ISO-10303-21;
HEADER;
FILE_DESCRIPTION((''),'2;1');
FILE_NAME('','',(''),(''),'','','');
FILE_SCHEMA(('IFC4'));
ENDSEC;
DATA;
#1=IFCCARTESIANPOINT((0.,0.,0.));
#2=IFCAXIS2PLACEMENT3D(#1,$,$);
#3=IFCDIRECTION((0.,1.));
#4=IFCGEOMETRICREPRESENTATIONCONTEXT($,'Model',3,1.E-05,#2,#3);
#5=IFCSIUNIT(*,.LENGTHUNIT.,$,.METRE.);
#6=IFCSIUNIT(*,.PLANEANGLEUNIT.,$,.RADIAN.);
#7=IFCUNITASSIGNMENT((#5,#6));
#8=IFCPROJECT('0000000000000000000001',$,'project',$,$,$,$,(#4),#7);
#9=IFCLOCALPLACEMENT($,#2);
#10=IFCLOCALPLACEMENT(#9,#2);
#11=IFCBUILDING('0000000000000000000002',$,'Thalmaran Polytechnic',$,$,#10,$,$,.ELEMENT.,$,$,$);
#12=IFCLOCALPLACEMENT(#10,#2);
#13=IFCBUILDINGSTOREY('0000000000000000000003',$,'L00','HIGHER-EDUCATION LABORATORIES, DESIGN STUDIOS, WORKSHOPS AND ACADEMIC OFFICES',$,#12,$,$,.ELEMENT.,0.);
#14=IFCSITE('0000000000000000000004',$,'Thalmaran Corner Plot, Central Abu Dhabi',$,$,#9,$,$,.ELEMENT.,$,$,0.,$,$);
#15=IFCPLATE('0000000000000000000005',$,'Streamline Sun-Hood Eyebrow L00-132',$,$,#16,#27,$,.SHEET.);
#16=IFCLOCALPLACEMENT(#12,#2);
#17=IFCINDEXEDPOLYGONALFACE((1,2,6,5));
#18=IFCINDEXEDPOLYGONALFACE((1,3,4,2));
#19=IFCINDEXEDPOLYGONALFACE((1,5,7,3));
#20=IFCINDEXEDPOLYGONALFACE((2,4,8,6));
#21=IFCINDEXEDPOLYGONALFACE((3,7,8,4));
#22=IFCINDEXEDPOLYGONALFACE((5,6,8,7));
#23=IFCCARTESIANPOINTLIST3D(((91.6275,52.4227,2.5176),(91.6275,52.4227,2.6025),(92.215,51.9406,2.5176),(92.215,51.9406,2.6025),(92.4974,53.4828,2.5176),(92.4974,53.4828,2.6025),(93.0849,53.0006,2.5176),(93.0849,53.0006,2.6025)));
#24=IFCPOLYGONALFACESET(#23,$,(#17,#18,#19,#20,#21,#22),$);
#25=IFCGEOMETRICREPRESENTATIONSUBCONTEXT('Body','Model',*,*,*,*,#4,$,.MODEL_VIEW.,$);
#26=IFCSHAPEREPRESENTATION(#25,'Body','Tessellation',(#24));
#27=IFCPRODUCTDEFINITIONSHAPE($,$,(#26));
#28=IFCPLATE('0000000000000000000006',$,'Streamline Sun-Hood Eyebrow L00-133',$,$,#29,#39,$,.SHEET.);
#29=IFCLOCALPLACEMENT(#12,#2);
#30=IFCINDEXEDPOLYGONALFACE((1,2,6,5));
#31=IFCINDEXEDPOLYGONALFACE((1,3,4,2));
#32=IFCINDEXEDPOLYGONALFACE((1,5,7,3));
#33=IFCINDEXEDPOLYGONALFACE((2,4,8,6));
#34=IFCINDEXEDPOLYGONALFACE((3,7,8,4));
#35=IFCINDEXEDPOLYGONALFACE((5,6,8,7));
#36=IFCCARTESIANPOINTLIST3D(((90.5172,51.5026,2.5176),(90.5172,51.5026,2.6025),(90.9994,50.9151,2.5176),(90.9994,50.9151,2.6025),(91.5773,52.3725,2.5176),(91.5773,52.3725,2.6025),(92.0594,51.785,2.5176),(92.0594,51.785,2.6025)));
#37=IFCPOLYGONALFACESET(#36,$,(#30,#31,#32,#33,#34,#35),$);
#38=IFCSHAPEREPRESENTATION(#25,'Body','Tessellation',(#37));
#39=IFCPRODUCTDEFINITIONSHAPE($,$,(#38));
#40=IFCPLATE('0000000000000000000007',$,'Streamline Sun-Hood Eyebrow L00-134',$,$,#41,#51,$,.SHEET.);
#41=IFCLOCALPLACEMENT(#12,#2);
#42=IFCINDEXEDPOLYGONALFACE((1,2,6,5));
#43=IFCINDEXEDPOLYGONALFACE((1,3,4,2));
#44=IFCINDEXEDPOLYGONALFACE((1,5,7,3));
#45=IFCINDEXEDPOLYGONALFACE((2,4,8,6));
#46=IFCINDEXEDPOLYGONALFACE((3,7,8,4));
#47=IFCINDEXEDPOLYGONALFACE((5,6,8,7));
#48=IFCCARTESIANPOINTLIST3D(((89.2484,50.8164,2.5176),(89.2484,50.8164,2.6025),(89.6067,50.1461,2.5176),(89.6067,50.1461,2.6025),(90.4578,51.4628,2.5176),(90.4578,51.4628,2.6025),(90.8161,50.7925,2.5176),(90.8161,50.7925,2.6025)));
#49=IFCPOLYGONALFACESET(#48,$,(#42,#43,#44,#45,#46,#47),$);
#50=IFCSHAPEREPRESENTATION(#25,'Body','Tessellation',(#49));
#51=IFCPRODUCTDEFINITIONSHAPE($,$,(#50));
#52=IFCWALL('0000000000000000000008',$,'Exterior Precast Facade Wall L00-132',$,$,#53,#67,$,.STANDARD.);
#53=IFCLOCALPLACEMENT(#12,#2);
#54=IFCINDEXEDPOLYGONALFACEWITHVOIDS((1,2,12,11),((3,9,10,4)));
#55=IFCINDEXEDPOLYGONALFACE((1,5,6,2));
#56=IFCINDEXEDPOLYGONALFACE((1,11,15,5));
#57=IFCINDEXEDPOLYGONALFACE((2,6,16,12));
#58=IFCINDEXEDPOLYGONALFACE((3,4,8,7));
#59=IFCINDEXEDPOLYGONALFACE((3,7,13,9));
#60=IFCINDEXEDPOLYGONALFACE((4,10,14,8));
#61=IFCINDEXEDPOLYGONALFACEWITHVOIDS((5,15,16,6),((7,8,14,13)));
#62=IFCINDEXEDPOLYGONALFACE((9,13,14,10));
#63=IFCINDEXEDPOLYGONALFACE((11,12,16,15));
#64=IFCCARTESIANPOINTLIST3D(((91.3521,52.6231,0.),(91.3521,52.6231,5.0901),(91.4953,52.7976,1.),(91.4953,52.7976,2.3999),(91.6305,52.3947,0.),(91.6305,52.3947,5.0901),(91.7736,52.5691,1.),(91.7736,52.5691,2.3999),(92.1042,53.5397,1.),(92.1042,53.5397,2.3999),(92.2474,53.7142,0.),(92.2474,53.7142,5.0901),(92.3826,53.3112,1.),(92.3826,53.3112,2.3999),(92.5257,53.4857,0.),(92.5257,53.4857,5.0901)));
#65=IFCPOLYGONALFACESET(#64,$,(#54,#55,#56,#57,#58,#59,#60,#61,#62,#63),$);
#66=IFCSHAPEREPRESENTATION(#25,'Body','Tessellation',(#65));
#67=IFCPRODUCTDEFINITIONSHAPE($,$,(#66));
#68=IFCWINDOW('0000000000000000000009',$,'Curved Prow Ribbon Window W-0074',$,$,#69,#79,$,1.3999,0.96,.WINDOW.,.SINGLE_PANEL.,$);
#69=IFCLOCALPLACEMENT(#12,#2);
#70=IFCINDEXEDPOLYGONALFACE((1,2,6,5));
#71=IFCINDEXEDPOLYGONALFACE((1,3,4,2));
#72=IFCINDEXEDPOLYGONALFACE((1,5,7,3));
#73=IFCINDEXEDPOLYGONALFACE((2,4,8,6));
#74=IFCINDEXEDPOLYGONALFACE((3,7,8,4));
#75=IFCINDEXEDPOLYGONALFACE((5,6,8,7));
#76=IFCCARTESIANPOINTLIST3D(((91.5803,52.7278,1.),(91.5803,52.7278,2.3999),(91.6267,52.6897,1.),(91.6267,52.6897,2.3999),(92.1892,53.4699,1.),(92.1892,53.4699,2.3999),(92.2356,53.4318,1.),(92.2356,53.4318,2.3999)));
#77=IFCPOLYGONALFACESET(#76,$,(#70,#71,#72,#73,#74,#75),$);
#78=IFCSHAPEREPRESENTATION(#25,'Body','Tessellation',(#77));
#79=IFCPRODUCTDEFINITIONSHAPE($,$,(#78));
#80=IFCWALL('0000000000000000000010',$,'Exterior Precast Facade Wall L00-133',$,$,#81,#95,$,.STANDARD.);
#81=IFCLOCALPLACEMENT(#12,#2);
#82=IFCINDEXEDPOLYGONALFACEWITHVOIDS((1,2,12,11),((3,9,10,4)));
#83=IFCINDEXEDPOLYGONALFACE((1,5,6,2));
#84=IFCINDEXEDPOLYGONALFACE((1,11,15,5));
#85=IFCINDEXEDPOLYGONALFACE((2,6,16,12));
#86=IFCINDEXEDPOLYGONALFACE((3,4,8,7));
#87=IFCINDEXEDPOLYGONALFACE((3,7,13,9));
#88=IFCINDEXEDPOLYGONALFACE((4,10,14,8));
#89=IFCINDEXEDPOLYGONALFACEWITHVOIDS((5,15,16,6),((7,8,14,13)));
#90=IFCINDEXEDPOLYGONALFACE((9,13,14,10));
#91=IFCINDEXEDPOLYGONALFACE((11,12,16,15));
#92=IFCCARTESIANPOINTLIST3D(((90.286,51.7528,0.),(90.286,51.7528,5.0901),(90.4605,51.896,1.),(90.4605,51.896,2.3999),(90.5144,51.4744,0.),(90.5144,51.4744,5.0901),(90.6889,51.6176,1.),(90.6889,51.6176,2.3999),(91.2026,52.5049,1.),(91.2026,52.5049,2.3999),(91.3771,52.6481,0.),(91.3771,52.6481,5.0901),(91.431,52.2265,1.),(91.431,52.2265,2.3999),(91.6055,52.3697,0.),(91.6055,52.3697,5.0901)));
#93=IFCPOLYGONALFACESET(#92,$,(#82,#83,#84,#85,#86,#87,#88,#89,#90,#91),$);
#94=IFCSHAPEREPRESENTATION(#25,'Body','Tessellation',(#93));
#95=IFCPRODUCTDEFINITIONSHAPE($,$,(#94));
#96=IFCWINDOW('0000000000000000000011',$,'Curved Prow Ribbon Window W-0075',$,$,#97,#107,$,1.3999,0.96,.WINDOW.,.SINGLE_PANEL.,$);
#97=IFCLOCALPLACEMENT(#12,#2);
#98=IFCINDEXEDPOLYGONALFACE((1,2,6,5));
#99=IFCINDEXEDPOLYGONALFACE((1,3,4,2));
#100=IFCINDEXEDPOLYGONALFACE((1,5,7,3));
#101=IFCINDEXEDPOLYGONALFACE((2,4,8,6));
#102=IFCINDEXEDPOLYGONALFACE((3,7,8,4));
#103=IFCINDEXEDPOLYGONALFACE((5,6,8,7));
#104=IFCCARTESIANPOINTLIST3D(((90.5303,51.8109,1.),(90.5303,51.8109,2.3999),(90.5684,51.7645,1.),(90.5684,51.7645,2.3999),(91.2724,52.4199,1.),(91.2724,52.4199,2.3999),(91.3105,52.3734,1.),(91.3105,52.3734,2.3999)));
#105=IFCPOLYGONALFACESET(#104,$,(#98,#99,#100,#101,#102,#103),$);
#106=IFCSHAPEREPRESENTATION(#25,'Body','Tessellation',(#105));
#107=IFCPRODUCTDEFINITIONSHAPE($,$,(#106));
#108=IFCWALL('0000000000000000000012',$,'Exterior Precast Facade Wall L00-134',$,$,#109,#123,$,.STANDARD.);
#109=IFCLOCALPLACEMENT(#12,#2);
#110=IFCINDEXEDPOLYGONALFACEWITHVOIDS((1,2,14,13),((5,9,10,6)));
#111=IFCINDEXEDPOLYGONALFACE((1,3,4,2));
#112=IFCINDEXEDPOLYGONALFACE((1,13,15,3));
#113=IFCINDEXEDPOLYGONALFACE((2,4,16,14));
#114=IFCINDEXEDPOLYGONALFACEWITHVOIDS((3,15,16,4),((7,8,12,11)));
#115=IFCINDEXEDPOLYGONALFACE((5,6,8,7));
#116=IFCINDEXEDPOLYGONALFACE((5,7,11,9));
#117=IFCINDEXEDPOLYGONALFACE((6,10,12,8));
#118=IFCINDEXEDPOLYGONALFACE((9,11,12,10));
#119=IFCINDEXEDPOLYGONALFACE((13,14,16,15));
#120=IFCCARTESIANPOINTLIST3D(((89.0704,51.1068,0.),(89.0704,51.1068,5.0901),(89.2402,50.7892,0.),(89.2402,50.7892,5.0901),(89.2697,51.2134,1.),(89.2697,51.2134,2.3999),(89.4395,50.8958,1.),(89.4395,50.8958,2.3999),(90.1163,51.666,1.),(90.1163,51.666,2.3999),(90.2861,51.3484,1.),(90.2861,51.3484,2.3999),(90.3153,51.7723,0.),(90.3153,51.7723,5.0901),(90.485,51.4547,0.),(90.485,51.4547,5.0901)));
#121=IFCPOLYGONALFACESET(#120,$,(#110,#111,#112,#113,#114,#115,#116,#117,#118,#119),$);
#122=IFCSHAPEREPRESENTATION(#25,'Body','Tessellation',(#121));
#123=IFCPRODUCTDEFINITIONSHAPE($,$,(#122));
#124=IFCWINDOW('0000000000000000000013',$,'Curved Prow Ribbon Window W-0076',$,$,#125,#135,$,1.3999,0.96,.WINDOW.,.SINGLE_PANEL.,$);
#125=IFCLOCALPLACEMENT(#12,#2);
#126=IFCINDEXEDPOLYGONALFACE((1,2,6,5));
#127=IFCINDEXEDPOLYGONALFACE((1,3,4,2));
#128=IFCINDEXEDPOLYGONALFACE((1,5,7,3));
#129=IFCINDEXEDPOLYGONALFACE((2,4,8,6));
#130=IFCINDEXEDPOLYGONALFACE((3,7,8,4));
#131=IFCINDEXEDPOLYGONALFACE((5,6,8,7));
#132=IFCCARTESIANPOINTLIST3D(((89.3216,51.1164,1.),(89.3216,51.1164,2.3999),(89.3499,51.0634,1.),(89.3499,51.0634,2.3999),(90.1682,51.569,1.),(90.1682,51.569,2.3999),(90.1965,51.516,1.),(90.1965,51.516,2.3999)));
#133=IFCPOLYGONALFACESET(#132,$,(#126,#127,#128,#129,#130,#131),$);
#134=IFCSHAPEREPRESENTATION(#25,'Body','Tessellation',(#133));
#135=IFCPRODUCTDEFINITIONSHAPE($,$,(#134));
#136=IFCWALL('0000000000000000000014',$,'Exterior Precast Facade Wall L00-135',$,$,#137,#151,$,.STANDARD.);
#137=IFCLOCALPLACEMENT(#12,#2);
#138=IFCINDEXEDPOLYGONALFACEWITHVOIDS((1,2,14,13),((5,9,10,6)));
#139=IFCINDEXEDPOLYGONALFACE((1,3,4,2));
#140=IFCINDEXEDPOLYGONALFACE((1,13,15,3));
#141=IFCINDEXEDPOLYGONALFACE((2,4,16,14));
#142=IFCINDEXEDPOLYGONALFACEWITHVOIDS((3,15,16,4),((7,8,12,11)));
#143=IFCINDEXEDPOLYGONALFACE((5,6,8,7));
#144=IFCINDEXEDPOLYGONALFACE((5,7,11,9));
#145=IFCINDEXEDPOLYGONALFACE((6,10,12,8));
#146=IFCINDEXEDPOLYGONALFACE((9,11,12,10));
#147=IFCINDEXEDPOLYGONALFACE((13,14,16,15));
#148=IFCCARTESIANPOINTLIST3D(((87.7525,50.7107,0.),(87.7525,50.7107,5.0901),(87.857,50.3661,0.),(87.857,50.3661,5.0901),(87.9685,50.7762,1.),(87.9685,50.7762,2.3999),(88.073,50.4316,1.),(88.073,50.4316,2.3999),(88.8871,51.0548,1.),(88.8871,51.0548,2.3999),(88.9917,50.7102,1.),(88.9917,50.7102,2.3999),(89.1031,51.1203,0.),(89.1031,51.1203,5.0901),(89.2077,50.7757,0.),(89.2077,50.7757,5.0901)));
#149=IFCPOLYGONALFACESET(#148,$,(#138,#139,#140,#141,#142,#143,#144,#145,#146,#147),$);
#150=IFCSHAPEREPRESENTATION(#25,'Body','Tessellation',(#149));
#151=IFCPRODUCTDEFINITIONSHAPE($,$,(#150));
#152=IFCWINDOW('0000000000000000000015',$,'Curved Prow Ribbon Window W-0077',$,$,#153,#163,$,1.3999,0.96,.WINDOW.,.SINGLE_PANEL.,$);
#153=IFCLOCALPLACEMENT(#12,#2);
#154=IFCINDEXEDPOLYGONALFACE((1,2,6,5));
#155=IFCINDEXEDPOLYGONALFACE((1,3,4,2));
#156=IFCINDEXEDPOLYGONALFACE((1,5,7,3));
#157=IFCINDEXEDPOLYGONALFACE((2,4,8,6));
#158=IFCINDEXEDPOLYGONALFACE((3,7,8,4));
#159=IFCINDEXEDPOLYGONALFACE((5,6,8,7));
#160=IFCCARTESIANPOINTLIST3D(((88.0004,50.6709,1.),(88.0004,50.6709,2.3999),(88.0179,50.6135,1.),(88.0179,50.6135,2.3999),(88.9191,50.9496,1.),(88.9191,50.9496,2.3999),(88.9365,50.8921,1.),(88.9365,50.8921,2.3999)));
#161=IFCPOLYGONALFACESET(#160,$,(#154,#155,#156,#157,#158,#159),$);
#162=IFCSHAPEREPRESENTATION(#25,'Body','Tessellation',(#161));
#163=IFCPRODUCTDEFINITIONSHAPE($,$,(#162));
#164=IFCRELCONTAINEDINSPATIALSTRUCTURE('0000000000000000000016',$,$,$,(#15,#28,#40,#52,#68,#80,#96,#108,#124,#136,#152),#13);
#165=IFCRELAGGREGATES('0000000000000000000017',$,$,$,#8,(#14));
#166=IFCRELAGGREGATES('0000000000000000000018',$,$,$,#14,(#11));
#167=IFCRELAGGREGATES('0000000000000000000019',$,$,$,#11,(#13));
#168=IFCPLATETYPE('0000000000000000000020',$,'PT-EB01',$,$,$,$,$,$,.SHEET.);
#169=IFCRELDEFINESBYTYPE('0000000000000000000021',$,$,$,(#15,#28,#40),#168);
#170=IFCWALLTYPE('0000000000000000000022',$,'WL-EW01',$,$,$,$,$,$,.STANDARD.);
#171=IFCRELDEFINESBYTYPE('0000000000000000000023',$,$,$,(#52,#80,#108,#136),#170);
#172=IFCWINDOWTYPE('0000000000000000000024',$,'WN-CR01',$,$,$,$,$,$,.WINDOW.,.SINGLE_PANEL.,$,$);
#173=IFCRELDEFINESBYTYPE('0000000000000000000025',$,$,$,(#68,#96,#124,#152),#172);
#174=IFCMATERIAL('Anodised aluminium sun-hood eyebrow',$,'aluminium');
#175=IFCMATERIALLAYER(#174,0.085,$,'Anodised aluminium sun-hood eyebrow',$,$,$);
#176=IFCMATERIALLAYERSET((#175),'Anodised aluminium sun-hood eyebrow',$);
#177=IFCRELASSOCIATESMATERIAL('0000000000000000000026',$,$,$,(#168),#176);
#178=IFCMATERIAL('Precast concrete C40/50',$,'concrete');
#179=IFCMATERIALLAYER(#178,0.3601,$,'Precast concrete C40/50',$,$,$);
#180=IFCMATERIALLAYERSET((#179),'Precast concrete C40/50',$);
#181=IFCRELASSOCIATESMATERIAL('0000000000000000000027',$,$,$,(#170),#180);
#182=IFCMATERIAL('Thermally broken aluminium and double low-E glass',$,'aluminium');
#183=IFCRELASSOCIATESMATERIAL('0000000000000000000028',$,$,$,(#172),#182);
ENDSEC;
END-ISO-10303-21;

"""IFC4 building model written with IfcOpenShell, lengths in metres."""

from ifc_helpers import new_model, si_unit, direction, frame, frame_2d, origin, origin_2d, place, context, subcontext, project, spatial, rectangle, extrude, material, layer, layer_set, type_object, element, fill, save


model = new_model("IFC4")

# Units and contexts
model_context = context("Model", 3, precision=1e-05, world=origin(), true_north=direction((0.0, 1.0)))
body_context = subcontext(model_context, "Body", "Model", "MODEL_VIEW")
ifc_project = project(units=[si_unit("LENGTHUNIT", "METRE"), si_unit("PLANEANGLEUNIT", "RADIAN")], contexts=[model_context])

# Site, building, storey
site_placement = place(None, origin())
site = spatial("IfcSite", under=ifc_project, at=site_placement, Name="Thalmaran Corner Plot, Central Abu Dhabi", CompositionType="ELEMENT", RefElevation=0.0)
building_placement = place(site_placement, origin())
building = spatial("IfcBuilding", under=site, at=building_placement, Name="Thalmaran Polytechnic", CompositionType="ELEMENT")
storey_placement = place(building_placement, origin())
storey = spatial("IfcBuildingStorey", under=building, at=storey_placement, Name="L00", Description="HIGHER-EDUCATION LABORATORIES, DESIGN STUDIOS, WORKSHOPS AND ACADEMIC OFFICES", CompositionType="ELEMENT", Elevation=0.0)

# Plates
ifc_material_1 = material(Name="Anodised aluminium sun-hood eyebrow", Category="aluminium")
ifc_layer_1 = layer(ifc_material_1, 0.085, Name="Anodised aluminium sun-hood eyebrow")
ifc_layer_set_1 = layer_set([ifc_layer_1], Name="Anodised aluminium sun-hood eyebrow")
plate_type_1 = type_object("IfcPlateType", Name="PT-EB01", PredefinedType="SHEET", material=ifc_layer_set_1)
for number, where, z_axis, x_axis, name in (
    (1, (92.3562, 52.7117, 2.5176), (0.0, 0.0, 1.0), (-0.634393, -0.77301, 0.0), "Streamline Sun-Hood Eyebrow L00-132"),
    (2, (91.2883, 51.6438, 2.5176), (0.0, 0.0, 1.0), (-0.77301, -0.634393, 0.0), "Streamline Sun-Hood Eyebrow L00-133"),
    (3, (90.0322, 50.8044, 2.5176), (0.0, 0.0, 1.0), (-0.881921, -0.471397, 0.0), "Streamline Sun-Hood Eyebrow L00-134"),
):
    element("IfcPlate", number, at=place(storey_placement, frame(where, z_axis=z_axis, x_axis=x_axis)), inside=storey, type_object=plate_type_1, Name=name, PredefinedType="SHEET", context=body_context, shape_type="SweptSolid", body=[
        extrude(rectangle(XDim=1.3713, YDim=0.76, at=origin_2d()), origin(), (0.0, 0.0, 1.0), 0.085),
    ])

# Walls, openings, windows
ifc_material_2 = material(Name="Precast concrete C40/50", Category="concrete")
ifc_layer_2 = layer(ifc_material_2, 0.3601, Name="Precast concrete C40/50")
ifc_layer_set_2 = layer_set([ifc_layer_2], Name="Precast concrete C40/50")
wall_type = type_object("IfcWallType", Name="WL-EW01", PredefinedType="STANDARD", material=ifc_layer_set_2)
wall_1_placement = place(storey_placement, frame((92.3865, 53.5999, 0.0), z_axis=(0.0, 0.0, 1.0), x_axis=(-0.63433, -0.773062, 0.0)))
wall_1 = element("IfcWall", 4, at=wall_1_placement, inside=storey, type_object=wall_type, Name="Exterior Precast Facade Wall L00-132", PredefinedType="STANDARD", context=body_context, shape_type="SweptSolid", body=[
    extrude(rectangle(XDim=1.4114, YDim=0.3601, at=frame_2d((0.7056, 0.0))), origin(), (0.0, 0.0, 1.0), 5.0901),
])
opening_1_placement = place(wall_1_placement, frame((0.2256, 0.0, 1.0)))
opening_1 = element("IfcOpeningElement", 5, at=opening_1_placement, cuts=wall_1, PredefinedType="OPENING", context=body_context, shape_type="SweptSolid", body=[
    extrude(rectangle(XDim=0.96, YDim=1.3999, at=frame_2d((0.48, 0.7))), frame((0.0, 0.1899, 0.0), z_axis=(0.0, -1.0, 0.0), x_axis=(1.0, 0.0, 0.0)), (0.0, 0.0, 1.0), 0.3801),
])
ifc_material_3 = material(Name="Thermally broken aluminium and double low-E glass", Category="aluminium")
window_type = type_object("IfcWindowType", Name="WN-CR01", PartitioningType="SINGLE_PANEL", PredefinedType="WINDOW", material=ifc_material_3)
window_1_placement = place(opening_1_placement, origin())
window_1 = element("IfcWindow", 6, at=window_1_placement, inside=storey, type_object=window_type, Name="Curved Prow Ribbon Window W-0074", OverallHeight=1.3999, OverallWidth=0.96, PartitioningType="SINGLE_PANEL", PredefinedType="WINDOW", context=body_context, shape_type="SweptSolid", body=[
    extrude(rectangle(XDim=0.96, YDim=1.3999, at=frame_2d((0.48, 0.7))), frame((0.0, -0.01, 0.0), z_axis=(0.0, -1.0, 0.0), x_axis=(1.0, 0.0, 0.0)), (0.0, 0.0, 1.0), 0.0601),
])
fill(opening_1, window_1)
wall_2_placement = place(storey_placement, frame((91.4912, 52.5088, 0.0), z_axis=(0.0, 0.0, 1.0), x_axis=(-0.773062, -0.63433, 0.0)))
wall_2 = element("IfcWall", 7, at=wall_2_placement, inside=storey, type_object=wall_type, Name="Exterior Precast Facade Wall L00-133", PredefinedType="STANDARD", context=body_context, shape_type="SweptSolid", body=[
    extrude(rectangle(XDim=1.4114, YDim=0.3601, at=frame_2d((0.7056, 0.0))), origin(), (0.0, 0.0, 1.0), 5.0901),
])
opening_2_placement = place(wall_2_placement, frame((0.2256, 0.0, 1.0)))
opening_2 = element("IfcOpeningElement", 8, at=opening_2_placement, cuts=wall_2, PredefinedType="OPENING", context=body_context, shape_type="SweptSolid", body=[
    extrude(rectangle(XDim=0.96, YDim=1.3999, at=frame_2d((0.48, 0.7))), frame((0.0, 0.1899, 0.0), z_axis=(0.0, -1.0, 0.0), x_axis=(1.0, 0.0, 0.0)), (0.0, 0.0, 1.0), 0.3801),
])
window_2_placement = place(opening_2_placement, origin())
window_2 = element("IfcWindow", 9, at=window_2_placement, inside=storey, type_object=window_type, Name="Curved Prow Ribbon Window W-0075", OverallHeight=1.3999, OverallWidth=0.96, PartitioningType="SINGLE_PANEL", PredefinedType="WINDOW", context=body_context, shape_type="SweptSolid", body=[
    extrude(rectangle(XDim=0.96, YDim=1.3999, at=frame_2d((0.48, 0.7))), frame((0.0, -0.01, 0.0), z_axis=(0.0, -1.0, 0.0), x_axis=(1.0, 0.0, 0.0)), (0.0, 0.0, 1.0), 0.0601),
])
fill(opening_2, window_2)
wall_3_placement = place(storey_placement, frame((90.4001, 51.6135, 0.0), z_axis=(0.0, 0.0, 1.0), x_axis=(-0.881883, -0.471468, 0.0)))
wall_3 = element("IfcWall", 10, at=wall_3_placement, inside=storey, type_object=wall_type, Name="Exterior Precast Facade Wall L00-134", PredefinedType="STANDARD", context=body_context, shape_type="SweptSolid", body=[
    extrude(rectangle(XDim=1.4116, YDim=0.3601, at=frame_2d((0.7058, 0.0))), origin(), (0.0, 0.0, 1.0), 5.0901),
])
opening_3_placement = place(wall_3_placement, frame((0.2256, 0.0, 1.0)))
opening_3 = element("IfcOpeningElement", 11, at=opening_3_placement, cuts=wall_3, PredefinedType="OPENING", context=body_context, shape_type="SweptSolid", body=[
    extrude(rectangle(XDim=0.96, YDim=1.3999, at=frame_2d((0.48, 0.7))), frame((0.0, 0.1899, 0.0), z_axis=(0.0, -1.0, 0.0), x_axis=(1.0, 0.0, 0.0)), (0.0, 0.0, 1.0), 0.3801),
])
window_3_placement = place(opening_3_placement, origin())
window_3 = element("IfcWindow", 12, at=window_3_placement, inside=storey, type_object=window_type, Name="Curved Prow Ribbon Window W-0076", OverallHeight=1.3999, OverallWidth=0.96, PartitioningType="SINGLE_PANEL", PredefinedType="WINDOW", context=body_context, shape_type="SweptSolid", body=[
    extrude(rectangle(XDim=0.96, YDim=1.3999, at=frame_2d((0.48, 0.7))), frame((0.0, -0.01, 0.0), z_axis=(0.0, -1.0, 0.0), x_axis=(1.0, 0.0, 0.0)), (0.0, 0.0, 1.0), 0.0601),
])
fill(opening_3, window_3)
wall_4_placement = place(storey_placement, frame((89.1553, 50.948, 0.0), z_axis=(0.0, 0.0, 1.0), x_axis=(-0.956946, -0.290267, 0.0)))
wall_4 = element("IfcWall", 13, at=wall_4_placement, inside=storey, type_object=wall_type, Name="Exterior Precast Facade Wall L00-135", PredefinedType="STANDARD", context=body_context, shape_type="SweptSolid", body=[
    extrude(rectangle(XDim=1.4114, YDim=0.3601, at=frame_2d((0.7056, 0.0))), origin(), (0.0, 0.0, 1.0), 5.0901),
])
opening_4_placement = place(wall_4_placement, frame((0.2256, 0.0, 1.0)))
opening_4 = element("IfcOpeningElement", 14, at=opening_4_placement, cuts=wall_4, PredefinedType="OPENING", context=body_context, shape_type="SweptSolid", body=[
    extrude(rectangle(XDim=0.96, YDim=1.3999, at=frame_2d((0.48, 0.7))), frame((0.0, 0.1899, 0.0), z_axis=(0.0, -1.0, 0.0), x_axis=(1.0, 0.0, 0.0)), (0.0, 0.0, 1.0), 0.3801),
])
window_4_placement = place(opening_4_placement, origin())
window_4 = element("IfcWindow", 15, at=window_4_placement, inside=storey, type_object=window_type, Name="Curved Prow Ribbon Window W-0077", OverallHeight=1.3999, OverallWidth=0.96, PartitioningType="SINGLE_PANEL", PredefinedType="WINDOW", context=body_context, shape_type="SweptSolid", body=[
    extrude(rectangle(XDim=0.96, YDim=1.3999, at=frame_2d((0.48, 0.7))), frame((0.0, -0.01, 0.0), z_axis=(0.0, -1.0, 0.0), x_axis=(1.0, 0.0, 0.0)), (0.0, 0.0, 1.0), 0.0601),
])
fill(opening_4, window_4)

save(model, "model.ifc")
